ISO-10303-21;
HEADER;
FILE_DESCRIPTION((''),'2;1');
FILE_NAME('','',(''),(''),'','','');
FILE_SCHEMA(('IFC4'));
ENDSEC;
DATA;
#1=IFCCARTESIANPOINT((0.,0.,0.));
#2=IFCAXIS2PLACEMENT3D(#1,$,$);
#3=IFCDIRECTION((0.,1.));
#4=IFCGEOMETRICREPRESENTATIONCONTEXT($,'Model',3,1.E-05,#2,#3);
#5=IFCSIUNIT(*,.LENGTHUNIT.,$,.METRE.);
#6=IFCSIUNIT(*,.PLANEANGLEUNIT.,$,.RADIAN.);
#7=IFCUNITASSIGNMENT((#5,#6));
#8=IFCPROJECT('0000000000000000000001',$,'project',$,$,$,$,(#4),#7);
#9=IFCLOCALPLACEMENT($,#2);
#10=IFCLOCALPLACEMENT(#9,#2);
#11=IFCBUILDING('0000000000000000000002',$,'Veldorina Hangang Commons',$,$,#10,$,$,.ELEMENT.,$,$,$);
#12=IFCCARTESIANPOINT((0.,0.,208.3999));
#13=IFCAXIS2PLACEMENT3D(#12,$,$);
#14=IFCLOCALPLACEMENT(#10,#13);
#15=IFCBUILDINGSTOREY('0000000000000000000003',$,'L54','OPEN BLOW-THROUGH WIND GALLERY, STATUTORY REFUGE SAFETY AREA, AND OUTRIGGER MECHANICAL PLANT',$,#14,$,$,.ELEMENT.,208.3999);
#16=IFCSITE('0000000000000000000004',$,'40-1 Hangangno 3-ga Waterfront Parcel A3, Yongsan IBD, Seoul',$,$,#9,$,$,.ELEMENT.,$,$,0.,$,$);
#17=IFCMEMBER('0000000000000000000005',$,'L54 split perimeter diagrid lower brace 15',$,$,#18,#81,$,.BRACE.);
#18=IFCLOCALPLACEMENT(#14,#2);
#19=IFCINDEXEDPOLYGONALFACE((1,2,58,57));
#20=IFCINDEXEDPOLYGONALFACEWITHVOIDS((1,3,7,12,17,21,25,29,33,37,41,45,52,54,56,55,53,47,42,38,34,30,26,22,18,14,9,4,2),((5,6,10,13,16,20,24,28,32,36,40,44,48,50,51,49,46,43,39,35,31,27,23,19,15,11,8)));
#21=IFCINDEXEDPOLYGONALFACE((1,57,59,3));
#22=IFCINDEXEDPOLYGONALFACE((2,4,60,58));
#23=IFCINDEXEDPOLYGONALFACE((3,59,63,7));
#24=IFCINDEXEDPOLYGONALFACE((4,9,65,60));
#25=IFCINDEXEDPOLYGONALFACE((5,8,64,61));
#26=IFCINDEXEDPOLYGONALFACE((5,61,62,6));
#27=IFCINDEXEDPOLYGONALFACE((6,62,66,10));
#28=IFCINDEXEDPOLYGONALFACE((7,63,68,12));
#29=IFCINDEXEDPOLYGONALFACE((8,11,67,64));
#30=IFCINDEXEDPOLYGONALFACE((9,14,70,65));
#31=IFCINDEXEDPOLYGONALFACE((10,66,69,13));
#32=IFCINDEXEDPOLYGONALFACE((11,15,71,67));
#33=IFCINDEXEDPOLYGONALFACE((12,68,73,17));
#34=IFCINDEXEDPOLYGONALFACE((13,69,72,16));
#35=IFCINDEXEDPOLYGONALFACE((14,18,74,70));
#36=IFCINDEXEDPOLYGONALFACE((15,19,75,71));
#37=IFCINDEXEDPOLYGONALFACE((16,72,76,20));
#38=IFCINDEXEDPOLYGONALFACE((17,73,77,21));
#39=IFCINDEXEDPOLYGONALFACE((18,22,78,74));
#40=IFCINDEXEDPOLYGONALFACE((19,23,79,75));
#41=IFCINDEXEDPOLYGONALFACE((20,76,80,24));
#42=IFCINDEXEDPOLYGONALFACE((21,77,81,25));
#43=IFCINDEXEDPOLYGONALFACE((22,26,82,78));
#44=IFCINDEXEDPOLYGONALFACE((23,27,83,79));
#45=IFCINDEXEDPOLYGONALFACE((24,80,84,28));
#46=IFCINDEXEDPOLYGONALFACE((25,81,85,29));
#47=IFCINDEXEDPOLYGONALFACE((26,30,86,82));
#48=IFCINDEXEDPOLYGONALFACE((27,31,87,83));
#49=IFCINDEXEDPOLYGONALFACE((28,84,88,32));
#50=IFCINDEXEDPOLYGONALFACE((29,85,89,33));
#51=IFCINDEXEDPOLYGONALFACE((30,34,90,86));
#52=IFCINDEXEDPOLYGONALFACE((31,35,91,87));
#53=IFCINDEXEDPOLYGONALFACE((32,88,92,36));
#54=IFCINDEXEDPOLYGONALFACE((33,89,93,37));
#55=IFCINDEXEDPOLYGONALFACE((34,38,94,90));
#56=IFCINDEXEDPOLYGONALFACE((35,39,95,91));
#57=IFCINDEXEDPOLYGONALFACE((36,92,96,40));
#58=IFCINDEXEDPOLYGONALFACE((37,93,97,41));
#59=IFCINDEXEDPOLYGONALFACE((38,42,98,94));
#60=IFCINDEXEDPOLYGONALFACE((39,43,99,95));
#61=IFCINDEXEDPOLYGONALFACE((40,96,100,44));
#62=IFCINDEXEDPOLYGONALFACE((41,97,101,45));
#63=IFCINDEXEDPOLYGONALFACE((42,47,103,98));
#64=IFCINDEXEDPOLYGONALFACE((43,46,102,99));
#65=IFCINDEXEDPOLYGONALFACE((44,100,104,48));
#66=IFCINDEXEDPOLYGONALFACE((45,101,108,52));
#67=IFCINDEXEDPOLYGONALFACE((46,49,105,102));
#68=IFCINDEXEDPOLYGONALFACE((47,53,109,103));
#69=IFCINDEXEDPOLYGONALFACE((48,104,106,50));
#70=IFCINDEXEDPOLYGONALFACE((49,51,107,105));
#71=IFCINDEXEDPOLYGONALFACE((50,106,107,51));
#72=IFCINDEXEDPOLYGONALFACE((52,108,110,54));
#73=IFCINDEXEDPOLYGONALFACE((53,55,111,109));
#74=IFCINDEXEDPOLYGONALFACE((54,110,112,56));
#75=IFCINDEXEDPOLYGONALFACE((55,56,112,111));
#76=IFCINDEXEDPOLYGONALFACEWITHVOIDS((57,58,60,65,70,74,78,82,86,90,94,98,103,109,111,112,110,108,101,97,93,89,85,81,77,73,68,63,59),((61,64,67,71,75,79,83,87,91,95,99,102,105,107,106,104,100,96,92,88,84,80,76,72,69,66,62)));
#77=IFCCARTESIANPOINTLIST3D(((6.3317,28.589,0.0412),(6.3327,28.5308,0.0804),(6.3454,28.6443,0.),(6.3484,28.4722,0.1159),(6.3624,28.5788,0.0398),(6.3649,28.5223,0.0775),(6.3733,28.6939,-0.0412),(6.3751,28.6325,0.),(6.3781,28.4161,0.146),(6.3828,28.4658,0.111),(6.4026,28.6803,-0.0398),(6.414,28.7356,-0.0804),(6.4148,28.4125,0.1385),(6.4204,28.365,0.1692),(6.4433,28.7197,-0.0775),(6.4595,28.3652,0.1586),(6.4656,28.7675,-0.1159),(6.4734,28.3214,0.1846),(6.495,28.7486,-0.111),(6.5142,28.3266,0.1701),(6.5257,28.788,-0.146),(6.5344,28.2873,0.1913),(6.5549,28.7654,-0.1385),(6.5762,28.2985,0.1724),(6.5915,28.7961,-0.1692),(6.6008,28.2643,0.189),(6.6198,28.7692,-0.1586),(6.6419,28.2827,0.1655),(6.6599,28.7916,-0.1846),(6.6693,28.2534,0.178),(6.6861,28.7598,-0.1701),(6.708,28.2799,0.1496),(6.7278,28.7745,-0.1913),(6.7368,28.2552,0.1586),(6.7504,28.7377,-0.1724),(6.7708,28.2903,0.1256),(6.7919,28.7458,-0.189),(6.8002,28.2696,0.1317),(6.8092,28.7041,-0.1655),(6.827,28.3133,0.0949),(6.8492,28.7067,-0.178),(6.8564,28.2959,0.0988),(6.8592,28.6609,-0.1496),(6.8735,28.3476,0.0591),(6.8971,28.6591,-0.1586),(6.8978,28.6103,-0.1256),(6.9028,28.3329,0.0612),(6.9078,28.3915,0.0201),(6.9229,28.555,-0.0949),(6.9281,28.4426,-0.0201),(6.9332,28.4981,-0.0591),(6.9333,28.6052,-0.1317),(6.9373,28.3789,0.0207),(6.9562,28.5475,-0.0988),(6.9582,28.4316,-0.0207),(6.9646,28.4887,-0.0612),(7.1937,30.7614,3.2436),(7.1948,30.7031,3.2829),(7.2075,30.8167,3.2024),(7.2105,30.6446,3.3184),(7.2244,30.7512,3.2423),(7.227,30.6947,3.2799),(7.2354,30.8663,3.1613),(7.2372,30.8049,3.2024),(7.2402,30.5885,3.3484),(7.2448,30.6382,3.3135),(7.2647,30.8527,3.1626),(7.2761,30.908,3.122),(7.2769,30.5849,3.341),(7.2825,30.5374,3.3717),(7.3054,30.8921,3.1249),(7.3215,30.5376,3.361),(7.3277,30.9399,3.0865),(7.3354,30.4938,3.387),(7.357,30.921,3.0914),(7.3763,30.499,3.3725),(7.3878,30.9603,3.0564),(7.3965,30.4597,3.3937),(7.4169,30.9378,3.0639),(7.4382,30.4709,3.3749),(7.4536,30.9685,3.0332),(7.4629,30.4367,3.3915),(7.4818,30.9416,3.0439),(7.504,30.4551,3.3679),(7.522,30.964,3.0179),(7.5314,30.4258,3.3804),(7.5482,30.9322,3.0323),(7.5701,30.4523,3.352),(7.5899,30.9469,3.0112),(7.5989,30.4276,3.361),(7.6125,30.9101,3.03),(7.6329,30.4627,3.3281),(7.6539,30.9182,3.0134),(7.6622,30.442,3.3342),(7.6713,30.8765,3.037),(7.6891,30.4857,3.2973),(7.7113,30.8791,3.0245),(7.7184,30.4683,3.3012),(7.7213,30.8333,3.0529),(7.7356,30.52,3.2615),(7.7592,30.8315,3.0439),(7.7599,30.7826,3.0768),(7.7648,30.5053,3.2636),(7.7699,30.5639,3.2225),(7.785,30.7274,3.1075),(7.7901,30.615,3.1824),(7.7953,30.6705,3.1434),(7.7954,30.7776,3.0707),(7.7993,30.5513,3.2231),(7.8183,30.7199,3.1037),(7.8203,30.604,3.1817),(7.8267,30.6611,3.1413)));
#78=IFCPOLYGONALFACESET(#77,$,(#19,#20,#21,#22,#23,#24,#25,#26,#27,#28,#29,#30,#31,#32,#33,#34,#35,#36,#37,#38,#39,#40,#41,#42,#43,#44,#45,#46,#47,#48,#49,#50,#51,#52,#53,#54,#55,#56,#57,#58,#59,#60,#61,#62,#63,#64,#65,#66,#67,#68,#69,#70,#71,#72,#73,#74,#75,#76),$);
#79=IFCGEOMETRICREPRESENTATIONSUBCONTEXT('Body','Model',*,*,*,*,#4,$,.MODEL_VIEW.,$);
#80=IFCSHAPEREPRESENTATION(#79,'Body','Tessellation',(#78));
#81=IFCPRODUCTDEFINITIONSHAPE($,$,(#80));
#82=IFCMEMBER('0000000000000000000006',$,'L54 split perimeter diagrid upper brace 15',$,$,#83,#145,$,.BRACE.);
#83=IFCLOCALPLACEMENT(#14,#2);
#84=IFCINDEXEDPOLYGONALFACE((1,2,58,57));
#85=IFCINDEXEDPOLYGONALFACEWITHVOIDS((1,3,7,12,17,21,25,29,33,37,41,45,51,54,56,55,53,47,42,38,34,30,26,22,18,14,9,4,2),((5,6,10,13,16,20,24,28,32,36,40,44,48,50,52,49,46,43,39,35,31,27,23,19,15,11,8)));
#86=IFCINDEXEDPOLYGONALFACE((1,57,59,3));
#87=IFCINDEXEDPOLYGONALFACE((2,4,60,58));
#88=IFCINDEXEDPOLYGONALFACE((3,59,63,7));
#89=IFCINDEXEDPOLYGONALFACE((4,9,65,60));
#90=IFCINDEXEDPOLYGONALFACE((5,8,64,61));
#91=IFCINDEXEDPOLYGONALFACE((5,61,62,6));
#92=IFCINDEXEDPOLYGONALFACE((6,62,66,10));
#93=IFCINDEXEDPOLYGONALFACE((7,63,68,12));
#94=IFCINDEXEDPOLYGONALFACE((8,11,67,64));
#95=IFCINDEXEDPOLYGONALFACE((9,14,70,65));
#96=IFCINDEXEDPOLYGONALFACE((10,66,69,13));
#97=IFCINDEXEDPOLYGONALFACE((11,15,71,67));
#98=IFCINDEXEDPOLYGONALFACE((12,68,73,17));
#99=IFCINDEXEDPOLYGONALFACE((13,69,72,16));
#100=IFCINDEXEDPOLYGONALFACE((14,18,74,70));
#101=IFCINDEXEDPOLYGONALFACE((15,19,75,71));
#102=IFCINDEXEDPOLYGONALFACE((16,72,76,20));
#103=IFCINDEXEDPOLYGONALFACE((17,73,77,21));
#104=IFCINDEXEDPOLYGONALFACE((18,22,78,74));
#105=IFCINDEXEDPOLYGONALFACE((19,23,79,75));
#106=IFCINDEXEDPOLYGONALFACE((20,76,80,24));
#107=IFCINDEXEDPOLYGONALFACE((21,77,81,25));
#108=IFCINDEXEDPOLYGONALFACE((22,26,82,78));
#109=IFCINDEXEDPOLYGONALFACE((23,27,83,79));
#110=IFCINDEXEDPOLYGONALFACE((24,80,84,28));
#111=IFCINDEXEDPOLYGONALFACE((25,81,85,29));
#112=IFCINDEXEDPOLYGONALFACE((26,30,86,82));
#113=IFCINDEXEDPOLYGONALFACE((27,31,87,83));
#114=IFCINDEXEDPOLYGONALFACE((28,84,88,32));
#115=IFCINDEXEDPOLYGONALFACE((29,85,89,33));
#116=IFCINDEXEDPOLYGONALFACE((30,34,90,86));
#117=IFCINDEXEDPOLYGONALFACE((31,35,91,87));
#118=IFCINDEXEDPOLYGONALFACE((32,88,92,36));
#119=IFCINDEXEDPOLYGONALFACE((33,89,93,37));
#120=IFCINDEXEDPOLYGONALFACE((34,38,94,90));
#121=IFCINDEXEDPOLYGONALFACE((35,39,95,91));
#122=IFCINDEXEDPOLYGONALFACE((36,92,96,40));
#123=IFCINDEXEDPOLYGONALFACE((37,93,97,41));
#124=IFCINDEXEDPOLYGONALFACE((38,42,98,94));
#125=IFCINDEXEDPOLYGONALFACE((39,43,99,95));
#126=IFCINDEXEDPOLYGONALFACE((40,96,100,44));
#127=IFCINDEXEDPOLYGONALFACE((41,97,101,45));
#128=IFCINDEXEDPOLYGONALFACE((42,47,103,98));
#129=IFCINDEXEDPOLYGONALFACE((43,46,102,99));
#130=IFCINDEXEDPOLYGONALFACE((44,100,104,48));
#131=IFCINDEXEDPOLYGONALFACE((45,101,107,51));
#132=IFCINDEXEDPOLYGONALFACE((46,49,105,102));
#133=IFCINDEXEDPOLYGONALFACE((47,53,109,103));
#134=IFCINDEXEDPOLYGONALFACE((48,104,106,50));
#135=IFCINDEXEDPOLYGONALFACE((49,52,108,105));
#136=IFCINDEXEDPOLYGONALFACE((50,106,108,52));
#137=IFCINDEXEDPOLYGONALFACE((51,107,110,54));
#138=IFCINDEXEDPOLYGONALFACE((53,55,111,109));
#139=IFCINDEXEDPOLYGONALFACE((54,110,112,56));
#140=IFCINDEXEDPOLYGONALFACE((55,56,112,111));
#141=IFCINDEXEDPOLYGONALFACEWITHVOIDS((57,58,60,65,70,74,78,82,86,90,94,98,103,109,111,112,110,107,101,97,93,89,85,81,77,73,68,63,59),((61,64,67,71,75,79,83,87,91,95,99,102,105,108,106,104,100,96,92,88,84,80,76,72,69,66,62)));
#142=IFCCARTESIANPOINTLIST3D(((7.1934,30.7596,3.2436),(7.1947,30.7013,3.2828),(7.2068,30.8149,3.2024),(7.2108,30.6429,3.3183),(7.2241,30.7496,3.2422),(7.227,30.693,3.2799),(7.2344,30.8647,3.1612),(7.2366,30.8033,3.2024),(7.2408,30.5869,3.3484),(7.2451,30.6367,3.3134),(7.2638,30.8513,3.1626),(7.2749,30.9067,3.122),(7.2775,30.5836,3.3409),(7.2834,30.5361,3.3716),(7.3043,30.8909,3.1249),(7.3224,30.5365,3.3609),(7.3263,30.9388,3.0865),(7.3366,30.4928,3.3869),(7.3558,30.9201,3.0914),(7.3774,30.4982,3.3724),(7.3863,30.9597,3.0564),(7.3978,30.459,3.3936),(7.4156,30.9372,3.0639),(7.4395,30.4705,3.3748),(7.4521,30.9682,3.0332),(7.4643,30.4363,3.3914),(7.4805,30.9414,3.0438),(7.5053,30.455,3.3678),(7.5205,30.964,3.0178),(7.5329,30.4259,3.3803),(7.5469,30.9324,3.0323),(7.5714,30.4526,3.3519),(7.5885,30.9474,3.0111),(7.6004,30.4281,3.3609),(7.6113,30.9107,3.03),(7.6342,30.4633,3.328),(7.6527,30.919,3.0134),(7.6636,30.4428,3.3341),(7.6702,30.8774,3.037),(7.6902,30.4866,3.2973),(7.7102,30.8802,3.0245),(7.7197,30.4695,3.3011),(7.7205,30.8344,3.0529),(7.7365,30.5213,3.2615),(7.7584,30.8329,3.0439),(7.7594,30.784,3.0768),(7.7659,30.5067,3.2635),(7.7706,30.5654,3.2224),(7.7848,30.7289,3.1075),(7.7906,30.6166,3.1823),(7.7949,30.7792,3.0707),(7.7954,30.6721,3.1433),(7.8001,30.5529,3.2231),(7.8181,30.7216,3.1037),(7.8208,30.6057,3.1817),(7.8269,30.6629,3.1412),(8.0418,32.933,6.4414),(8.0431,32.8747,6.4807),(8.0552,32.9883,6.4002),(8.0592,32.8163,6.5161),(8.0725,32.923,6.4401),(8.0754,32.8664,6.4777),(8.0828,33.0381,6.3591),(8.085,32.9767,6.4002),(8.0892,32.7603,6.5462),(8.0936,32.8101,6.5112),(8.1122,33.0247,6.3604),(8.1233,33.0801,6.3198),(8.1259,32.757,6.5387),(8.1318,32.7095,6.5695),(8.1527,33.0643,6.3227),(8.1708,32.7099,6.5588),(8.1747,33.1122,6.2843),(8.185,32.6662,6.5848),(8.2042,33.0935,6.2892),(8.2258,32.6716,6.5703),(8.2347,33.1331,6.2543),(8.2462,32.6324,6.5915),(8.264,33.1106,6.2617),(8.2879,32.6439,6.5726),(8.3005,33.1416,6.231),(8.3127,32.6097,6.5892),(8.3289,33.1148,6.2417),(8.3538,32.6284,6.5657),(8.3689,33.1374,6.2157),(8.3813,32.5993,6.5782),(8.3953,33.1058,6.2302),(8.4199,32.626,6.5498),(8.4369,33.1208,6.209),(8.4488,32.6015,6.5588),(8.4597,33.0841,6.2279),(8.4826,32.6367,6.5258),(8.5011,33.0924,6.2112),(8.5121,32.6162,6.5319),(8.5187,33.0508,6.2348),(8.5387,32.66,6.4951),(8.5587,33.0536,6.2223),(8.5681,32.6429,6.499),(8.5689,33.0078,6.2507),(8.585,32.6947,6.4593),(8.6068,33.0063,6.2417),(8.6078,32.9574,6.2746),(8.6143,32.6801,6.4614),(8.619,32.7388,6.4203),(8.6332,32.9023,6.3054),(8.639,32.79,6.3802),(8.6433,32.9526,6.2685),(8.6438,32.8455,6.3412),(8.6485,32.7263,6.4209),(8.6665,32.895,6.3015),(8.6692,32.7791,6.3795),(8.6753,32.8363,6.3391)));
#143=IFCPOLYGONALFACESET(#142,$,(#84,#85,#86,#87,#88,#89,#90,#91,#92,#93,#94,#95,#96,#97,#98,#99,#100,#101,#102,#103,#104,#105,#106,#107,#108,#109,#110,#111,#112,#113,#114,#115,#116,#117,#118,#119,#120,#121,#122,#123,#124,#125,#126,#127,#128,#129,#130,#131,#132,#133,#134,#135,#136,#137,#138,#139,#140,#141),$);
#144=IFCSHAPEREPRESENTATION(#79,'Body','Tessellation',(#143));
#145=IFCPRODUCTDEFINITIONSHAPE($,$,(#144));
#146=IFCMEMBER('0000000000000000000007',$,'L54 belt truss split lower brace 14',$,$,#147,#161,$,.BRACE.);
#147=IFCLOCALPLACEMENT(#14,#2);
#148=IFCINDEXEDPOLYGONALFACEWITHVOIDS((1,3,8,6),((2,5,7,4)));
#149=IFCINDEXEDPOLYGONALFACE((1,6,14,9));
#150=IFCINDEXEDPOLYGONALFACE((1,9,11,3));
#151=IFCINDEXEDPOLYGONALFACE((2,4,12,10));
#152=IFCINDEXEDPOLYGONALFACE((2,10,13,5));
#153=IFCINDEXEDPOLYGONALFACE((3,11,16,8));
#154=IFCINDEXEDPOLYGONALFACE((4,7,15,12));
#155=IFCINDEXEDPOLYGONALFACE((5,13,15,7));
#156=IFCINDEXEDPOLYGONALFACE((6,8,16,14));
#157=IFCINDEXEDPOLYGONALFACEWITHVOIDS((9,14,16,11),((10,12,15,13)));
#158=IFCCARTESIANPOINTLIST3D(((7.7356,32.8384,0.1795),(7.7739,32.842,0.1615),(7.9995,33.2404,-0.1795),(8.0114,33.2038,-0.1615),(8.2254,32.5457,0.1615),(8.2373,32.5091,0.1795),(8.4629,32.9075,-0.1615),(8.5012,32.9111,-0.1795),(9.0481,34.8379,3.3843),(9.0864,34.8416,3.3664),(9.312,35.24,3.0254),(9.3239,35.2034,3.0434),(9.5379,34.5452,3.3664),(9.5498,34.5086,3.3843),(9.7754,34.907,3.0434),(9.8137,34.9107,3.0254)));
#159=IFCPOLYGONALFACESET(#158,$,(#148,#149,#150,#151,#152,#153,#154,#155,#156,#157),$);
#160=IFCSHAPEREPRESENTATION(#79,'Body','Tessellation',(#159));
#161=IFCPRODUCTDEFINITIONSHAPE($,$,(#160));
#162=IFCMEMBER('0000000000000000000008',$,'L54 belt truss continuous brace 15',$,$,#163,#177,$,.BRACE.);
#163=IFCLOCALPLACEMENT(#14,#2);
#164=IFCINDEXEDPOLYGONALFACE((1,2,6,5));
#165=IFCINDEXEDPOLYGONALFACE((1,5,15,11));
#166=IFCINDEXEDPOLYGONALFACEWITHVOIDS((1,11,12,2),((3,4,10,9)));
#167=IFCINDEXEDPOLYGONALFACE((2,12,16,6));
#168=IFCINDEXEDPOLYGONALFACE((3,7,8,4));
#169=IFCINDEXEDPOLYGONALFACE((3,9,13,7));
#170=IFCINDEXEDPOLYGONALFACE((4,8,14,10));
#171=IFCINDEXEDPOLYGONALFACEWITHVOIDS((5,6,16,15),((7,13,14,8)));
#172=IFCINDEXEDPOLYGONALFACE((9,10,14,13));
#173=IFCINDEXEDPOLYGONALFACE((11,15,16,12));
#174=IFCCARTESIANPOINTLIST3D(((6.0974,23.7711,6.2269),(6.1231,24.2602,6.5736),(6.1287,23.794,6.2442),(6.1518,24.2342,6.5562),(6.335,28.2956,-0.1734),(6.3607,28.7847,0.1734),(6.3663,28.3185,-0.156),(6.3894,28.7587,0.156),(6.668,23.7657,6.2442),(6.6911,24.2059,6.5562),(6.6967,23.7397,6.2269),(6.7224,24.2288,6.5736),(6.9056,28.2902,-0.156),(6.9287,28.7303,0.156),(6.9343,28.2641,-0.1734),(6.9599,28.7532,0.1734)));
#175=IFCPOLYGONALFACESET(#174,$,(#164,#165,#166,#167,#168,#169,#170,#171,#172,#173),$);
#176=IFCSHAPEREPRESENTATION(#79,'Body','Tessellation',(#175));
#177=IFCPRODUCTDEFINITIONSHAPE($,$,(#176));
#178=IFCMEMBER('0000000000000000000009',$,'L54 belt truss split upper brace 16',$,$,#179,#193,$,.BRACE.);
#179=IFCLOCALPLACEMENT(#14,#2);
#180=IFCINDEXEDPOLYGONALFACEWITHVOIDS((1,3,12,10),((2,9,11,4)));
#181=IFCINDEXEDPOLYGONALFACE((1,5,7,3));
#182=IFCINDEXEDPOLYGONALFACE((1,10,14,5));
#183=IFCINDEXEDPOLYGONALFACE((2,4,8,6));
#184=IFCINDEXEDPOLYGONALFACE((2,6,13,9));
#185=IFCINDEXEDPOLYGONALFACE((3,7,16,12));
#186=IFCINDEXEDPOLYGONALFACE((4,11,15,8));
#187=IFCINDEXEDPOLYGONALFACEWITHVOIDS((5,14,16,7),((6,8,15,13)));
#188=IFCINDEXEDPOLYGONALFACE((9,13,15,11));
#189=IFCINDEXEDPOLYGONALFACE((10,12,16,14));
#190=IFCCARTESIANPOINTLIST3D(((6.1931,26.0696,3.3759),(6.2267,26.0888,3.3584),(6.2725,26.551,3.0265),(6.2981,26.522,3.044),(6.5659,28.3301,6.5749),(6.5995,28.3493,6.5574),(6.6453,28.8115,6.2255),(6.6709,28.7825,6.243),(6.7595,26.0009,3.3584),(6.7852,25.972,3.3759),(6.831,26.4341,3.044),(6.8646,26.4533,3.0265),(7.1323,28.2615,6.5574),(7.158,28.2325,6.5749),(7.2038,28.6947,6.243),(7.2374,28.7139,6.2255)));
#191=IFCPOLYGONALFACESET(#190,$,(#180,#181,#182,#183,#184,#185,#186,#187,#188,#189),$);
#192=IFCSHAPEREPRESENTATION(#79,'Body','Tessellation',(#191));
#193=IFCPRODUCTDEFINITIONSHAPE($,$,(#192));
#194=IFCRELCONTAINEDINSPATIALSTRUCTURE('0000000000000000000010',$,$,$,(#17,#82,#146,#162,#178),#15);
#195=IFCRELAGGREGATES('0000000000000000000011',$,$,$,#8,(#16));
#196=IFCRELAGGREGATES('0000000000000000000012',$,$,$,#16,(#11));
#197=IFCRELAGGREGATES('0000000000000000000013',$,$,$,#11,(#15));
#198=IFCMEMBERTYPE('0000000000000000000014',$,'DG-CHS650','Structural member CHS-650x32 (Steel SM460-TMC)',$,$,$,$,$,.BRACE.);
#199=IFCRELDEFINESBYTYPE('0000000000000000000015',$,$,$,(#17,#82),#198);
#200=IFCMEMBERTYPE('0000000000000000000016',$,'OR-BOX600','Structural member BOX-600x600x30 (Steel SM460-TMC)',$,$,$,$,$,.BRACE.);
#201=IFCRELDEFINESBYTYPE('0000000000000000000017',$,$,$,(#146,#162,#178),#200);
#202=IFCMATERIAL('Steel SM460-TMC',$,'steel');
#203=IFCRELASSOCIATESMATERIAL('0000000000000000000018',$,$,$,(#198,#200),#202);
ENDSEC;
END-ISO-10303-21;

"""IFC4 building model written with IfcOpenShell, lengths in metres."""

from ifc_helpers import new_model, si_unit, direction, frame, origin, origin_2d, place, context, subcontext, project, spatial, hollow_rectangle, hollow_circle, extrude, material, material_profile, profile_set, type_object, element, save


model = new_model("IFC4")

# Units and contexts
model_context = context("Model", 3, precision=1e-05, world=origin(), true_north=direction((0.0, 1.0)))
body_context = subcontext(model_context, "Body", "Model", "MODEL_VIEW")
ifc_project = project(units=[si_unit("LENGTHUNIT", "METRE"), si_unit("PLANEANGLEUNIT", "RADIAN")], contexts=[model_context])

# Site, building, storey
site_placement = place(None, origin())
site = spatial("IfcSite", under=ifc_project, at=site_placement, Name="40-1 Hangangno 3-ga Waterfront Parcel A3, Yongsan IBD, Seoul", CompositionType="ELEMENT", RefElevation=0.0)
building_placement = place(site_placement, origin())
building = spatial("IfcBuilding", under=site, at=building_placement, Name="Veldorina Hangang Commons", CompositionType="ELEMENT")
storey_placement = place(building_placement, frame((0.0, 0.0, 208.3999)))
storey = spatial("IfcBuildingStorey", under=building, at=storey_placement, Name="L54", Description="OPEN BLOW-THROUGH WIND GALLERY, STATUTORY REFUGE SAFETY AREA, AND OUTRIGGER MECHANICAL PLANT", CompositionType="ELEMENT", Elevation=208.3999)

# Shared definitions
ifc_material_1 = material(Name="Steel SM460-TMC", Category="steel")

# Members
ifc_material_profile_1 = material_profile(ifc_material_1, hollow_circle(Radius=0.325, WallThickness=0.032, at=origin_2d()), Name="CHS-650x32")
ifc_profile_set_1 = profile_set([ifc_material_profile_1], Name="Steel SM460-TMC")
member_type_1 = type_object("IfcMemberType", Name="DG-CHS650", Description="Structural member CHS-650x32 (Steel SM460-TMC)", PredefinedType="BRACE", material=ifc_profile_set_1)
member_1_placement = place(storey_placement, frame((6.6475, 28.5244, 0.0), z_axis=(0.217442, 0.547947, 0.807758), x_axis=(-0.929489, 0.36885, 0.0)))
element("IfcMember", 1, at=member_1_placement, inside=storey, type_object=member_type_1, Name="L54 split perimeter diagrid lower brace 15", PredefinedType="BRACE", context=body_context, shape_type="SweptSolid", body=[
    extrude(hollow_circle(Radius=0.325, WallThickness=0.032, at=origin_2d()), origin(), (0.0, 0.0, 1.0), 3.9646),
])
member_2_placement = place(storey_placement, frame((7.5095, 30.6968, 3.2024), z_axis=(0.214327, 0.549047, 0.807843), x_axis=(-0.93154, 0.363638, 0.0)))
element("IfcMember", 2, at=member_2_placement, inside=storey, type_object=member_type_1, Name="L54 split perimeter diagrid upper brace 15", PredefinedType="BRACE", context=body_context, shape_type="SweptSolid", body=[
    extrude(hollow_circle(Radius=0.325, WallThickness=0.032, at=origin_2d()), origin(), (0.0, 0.0, 1.0), 3.9585),
])
ifc_material_profile_2 = material_profile(ifc_material_1, hollow_rectangle(XDim=0.6001, YDim=0.6001, WallThickness=0.03, at=origin_2d()), Name="BOX-600x600x30")
ifc_profile_set_2 = profile_set([ifc_material_profile_2], Name="Steel SM460-TMC")
member_type_2 = type_object("IfcMemberType", Name="OR-BOX600", Description="Structural member BOX-600x600x30 (Steel SM460-TMC)", PredefinedType="BRACE", material=ifc_profile_set_2)
member_3_placement = place(storey_placement, frame((8.1184, 32.8748, 0.0), z_axis=(0.328211, 0.500008, 0.801417), x_axis=(-0.835986, 0.54875, 0.0)))
element("IfcMember", 3, at=member_3_placement, inside=storey, type_object=member_type_2, Name="L54 belt truss split lower brace 14", PredefinedType="BRACE", context=body_context, shape_type="SweptSolid", body=[
    extrude(hollow_rectangle(XDim=0.6001, YDim=0.6001, WallThickness=0.03, at=origin_2d()), origin(), (0.0, 0.0, 1.0), 3.999),
])
member_4_placement = place(storey_placement, frame((6.6475, 28.5244, 0.0), z_axis=(-0.030294, -0.576986, 0.816192), x_axis=(0.998625, -0.052432, 0.0)))
element("IfcMember", 4, at=member_4_placement, inside=storey, type_object=member_type_2, Name="L54 belt truss continuous brace 15", PredefinedType="BRACE", context=body_context, shape_type="SweptSolid", body=[
    extrude(hollow_rectangle(XDim=0.6001, YDim=0.6001, WallThickness=0.03, at=origin_2d()), origin(), (0.0, 0.0, 1.0), 7.8416),
])
member_5_placement = place(storey_placement, frame((6.5288, 26.2615, 3.2012), z_axis=(0.094746, 0.574496, 0.813005), x_axis=(-0.986672, 0.162723, 0.0)))
element("IfcMember", 5, at=member_5_placement, inside=storey, type_object=member_type_2, Name="L54 belt truss split upper brace 16", PredefinedType="BRACE", context=body_context, shape_type="SweptSolid", body=[
    extrude(hollow_rectangle(XDim=0.6001, YDim=0.6001, WallThickness=0.03, at=origin_2d()), origin(), (0.0, 0.0, 1.0), 3.9348),
])

save(model, "model.ifc")
